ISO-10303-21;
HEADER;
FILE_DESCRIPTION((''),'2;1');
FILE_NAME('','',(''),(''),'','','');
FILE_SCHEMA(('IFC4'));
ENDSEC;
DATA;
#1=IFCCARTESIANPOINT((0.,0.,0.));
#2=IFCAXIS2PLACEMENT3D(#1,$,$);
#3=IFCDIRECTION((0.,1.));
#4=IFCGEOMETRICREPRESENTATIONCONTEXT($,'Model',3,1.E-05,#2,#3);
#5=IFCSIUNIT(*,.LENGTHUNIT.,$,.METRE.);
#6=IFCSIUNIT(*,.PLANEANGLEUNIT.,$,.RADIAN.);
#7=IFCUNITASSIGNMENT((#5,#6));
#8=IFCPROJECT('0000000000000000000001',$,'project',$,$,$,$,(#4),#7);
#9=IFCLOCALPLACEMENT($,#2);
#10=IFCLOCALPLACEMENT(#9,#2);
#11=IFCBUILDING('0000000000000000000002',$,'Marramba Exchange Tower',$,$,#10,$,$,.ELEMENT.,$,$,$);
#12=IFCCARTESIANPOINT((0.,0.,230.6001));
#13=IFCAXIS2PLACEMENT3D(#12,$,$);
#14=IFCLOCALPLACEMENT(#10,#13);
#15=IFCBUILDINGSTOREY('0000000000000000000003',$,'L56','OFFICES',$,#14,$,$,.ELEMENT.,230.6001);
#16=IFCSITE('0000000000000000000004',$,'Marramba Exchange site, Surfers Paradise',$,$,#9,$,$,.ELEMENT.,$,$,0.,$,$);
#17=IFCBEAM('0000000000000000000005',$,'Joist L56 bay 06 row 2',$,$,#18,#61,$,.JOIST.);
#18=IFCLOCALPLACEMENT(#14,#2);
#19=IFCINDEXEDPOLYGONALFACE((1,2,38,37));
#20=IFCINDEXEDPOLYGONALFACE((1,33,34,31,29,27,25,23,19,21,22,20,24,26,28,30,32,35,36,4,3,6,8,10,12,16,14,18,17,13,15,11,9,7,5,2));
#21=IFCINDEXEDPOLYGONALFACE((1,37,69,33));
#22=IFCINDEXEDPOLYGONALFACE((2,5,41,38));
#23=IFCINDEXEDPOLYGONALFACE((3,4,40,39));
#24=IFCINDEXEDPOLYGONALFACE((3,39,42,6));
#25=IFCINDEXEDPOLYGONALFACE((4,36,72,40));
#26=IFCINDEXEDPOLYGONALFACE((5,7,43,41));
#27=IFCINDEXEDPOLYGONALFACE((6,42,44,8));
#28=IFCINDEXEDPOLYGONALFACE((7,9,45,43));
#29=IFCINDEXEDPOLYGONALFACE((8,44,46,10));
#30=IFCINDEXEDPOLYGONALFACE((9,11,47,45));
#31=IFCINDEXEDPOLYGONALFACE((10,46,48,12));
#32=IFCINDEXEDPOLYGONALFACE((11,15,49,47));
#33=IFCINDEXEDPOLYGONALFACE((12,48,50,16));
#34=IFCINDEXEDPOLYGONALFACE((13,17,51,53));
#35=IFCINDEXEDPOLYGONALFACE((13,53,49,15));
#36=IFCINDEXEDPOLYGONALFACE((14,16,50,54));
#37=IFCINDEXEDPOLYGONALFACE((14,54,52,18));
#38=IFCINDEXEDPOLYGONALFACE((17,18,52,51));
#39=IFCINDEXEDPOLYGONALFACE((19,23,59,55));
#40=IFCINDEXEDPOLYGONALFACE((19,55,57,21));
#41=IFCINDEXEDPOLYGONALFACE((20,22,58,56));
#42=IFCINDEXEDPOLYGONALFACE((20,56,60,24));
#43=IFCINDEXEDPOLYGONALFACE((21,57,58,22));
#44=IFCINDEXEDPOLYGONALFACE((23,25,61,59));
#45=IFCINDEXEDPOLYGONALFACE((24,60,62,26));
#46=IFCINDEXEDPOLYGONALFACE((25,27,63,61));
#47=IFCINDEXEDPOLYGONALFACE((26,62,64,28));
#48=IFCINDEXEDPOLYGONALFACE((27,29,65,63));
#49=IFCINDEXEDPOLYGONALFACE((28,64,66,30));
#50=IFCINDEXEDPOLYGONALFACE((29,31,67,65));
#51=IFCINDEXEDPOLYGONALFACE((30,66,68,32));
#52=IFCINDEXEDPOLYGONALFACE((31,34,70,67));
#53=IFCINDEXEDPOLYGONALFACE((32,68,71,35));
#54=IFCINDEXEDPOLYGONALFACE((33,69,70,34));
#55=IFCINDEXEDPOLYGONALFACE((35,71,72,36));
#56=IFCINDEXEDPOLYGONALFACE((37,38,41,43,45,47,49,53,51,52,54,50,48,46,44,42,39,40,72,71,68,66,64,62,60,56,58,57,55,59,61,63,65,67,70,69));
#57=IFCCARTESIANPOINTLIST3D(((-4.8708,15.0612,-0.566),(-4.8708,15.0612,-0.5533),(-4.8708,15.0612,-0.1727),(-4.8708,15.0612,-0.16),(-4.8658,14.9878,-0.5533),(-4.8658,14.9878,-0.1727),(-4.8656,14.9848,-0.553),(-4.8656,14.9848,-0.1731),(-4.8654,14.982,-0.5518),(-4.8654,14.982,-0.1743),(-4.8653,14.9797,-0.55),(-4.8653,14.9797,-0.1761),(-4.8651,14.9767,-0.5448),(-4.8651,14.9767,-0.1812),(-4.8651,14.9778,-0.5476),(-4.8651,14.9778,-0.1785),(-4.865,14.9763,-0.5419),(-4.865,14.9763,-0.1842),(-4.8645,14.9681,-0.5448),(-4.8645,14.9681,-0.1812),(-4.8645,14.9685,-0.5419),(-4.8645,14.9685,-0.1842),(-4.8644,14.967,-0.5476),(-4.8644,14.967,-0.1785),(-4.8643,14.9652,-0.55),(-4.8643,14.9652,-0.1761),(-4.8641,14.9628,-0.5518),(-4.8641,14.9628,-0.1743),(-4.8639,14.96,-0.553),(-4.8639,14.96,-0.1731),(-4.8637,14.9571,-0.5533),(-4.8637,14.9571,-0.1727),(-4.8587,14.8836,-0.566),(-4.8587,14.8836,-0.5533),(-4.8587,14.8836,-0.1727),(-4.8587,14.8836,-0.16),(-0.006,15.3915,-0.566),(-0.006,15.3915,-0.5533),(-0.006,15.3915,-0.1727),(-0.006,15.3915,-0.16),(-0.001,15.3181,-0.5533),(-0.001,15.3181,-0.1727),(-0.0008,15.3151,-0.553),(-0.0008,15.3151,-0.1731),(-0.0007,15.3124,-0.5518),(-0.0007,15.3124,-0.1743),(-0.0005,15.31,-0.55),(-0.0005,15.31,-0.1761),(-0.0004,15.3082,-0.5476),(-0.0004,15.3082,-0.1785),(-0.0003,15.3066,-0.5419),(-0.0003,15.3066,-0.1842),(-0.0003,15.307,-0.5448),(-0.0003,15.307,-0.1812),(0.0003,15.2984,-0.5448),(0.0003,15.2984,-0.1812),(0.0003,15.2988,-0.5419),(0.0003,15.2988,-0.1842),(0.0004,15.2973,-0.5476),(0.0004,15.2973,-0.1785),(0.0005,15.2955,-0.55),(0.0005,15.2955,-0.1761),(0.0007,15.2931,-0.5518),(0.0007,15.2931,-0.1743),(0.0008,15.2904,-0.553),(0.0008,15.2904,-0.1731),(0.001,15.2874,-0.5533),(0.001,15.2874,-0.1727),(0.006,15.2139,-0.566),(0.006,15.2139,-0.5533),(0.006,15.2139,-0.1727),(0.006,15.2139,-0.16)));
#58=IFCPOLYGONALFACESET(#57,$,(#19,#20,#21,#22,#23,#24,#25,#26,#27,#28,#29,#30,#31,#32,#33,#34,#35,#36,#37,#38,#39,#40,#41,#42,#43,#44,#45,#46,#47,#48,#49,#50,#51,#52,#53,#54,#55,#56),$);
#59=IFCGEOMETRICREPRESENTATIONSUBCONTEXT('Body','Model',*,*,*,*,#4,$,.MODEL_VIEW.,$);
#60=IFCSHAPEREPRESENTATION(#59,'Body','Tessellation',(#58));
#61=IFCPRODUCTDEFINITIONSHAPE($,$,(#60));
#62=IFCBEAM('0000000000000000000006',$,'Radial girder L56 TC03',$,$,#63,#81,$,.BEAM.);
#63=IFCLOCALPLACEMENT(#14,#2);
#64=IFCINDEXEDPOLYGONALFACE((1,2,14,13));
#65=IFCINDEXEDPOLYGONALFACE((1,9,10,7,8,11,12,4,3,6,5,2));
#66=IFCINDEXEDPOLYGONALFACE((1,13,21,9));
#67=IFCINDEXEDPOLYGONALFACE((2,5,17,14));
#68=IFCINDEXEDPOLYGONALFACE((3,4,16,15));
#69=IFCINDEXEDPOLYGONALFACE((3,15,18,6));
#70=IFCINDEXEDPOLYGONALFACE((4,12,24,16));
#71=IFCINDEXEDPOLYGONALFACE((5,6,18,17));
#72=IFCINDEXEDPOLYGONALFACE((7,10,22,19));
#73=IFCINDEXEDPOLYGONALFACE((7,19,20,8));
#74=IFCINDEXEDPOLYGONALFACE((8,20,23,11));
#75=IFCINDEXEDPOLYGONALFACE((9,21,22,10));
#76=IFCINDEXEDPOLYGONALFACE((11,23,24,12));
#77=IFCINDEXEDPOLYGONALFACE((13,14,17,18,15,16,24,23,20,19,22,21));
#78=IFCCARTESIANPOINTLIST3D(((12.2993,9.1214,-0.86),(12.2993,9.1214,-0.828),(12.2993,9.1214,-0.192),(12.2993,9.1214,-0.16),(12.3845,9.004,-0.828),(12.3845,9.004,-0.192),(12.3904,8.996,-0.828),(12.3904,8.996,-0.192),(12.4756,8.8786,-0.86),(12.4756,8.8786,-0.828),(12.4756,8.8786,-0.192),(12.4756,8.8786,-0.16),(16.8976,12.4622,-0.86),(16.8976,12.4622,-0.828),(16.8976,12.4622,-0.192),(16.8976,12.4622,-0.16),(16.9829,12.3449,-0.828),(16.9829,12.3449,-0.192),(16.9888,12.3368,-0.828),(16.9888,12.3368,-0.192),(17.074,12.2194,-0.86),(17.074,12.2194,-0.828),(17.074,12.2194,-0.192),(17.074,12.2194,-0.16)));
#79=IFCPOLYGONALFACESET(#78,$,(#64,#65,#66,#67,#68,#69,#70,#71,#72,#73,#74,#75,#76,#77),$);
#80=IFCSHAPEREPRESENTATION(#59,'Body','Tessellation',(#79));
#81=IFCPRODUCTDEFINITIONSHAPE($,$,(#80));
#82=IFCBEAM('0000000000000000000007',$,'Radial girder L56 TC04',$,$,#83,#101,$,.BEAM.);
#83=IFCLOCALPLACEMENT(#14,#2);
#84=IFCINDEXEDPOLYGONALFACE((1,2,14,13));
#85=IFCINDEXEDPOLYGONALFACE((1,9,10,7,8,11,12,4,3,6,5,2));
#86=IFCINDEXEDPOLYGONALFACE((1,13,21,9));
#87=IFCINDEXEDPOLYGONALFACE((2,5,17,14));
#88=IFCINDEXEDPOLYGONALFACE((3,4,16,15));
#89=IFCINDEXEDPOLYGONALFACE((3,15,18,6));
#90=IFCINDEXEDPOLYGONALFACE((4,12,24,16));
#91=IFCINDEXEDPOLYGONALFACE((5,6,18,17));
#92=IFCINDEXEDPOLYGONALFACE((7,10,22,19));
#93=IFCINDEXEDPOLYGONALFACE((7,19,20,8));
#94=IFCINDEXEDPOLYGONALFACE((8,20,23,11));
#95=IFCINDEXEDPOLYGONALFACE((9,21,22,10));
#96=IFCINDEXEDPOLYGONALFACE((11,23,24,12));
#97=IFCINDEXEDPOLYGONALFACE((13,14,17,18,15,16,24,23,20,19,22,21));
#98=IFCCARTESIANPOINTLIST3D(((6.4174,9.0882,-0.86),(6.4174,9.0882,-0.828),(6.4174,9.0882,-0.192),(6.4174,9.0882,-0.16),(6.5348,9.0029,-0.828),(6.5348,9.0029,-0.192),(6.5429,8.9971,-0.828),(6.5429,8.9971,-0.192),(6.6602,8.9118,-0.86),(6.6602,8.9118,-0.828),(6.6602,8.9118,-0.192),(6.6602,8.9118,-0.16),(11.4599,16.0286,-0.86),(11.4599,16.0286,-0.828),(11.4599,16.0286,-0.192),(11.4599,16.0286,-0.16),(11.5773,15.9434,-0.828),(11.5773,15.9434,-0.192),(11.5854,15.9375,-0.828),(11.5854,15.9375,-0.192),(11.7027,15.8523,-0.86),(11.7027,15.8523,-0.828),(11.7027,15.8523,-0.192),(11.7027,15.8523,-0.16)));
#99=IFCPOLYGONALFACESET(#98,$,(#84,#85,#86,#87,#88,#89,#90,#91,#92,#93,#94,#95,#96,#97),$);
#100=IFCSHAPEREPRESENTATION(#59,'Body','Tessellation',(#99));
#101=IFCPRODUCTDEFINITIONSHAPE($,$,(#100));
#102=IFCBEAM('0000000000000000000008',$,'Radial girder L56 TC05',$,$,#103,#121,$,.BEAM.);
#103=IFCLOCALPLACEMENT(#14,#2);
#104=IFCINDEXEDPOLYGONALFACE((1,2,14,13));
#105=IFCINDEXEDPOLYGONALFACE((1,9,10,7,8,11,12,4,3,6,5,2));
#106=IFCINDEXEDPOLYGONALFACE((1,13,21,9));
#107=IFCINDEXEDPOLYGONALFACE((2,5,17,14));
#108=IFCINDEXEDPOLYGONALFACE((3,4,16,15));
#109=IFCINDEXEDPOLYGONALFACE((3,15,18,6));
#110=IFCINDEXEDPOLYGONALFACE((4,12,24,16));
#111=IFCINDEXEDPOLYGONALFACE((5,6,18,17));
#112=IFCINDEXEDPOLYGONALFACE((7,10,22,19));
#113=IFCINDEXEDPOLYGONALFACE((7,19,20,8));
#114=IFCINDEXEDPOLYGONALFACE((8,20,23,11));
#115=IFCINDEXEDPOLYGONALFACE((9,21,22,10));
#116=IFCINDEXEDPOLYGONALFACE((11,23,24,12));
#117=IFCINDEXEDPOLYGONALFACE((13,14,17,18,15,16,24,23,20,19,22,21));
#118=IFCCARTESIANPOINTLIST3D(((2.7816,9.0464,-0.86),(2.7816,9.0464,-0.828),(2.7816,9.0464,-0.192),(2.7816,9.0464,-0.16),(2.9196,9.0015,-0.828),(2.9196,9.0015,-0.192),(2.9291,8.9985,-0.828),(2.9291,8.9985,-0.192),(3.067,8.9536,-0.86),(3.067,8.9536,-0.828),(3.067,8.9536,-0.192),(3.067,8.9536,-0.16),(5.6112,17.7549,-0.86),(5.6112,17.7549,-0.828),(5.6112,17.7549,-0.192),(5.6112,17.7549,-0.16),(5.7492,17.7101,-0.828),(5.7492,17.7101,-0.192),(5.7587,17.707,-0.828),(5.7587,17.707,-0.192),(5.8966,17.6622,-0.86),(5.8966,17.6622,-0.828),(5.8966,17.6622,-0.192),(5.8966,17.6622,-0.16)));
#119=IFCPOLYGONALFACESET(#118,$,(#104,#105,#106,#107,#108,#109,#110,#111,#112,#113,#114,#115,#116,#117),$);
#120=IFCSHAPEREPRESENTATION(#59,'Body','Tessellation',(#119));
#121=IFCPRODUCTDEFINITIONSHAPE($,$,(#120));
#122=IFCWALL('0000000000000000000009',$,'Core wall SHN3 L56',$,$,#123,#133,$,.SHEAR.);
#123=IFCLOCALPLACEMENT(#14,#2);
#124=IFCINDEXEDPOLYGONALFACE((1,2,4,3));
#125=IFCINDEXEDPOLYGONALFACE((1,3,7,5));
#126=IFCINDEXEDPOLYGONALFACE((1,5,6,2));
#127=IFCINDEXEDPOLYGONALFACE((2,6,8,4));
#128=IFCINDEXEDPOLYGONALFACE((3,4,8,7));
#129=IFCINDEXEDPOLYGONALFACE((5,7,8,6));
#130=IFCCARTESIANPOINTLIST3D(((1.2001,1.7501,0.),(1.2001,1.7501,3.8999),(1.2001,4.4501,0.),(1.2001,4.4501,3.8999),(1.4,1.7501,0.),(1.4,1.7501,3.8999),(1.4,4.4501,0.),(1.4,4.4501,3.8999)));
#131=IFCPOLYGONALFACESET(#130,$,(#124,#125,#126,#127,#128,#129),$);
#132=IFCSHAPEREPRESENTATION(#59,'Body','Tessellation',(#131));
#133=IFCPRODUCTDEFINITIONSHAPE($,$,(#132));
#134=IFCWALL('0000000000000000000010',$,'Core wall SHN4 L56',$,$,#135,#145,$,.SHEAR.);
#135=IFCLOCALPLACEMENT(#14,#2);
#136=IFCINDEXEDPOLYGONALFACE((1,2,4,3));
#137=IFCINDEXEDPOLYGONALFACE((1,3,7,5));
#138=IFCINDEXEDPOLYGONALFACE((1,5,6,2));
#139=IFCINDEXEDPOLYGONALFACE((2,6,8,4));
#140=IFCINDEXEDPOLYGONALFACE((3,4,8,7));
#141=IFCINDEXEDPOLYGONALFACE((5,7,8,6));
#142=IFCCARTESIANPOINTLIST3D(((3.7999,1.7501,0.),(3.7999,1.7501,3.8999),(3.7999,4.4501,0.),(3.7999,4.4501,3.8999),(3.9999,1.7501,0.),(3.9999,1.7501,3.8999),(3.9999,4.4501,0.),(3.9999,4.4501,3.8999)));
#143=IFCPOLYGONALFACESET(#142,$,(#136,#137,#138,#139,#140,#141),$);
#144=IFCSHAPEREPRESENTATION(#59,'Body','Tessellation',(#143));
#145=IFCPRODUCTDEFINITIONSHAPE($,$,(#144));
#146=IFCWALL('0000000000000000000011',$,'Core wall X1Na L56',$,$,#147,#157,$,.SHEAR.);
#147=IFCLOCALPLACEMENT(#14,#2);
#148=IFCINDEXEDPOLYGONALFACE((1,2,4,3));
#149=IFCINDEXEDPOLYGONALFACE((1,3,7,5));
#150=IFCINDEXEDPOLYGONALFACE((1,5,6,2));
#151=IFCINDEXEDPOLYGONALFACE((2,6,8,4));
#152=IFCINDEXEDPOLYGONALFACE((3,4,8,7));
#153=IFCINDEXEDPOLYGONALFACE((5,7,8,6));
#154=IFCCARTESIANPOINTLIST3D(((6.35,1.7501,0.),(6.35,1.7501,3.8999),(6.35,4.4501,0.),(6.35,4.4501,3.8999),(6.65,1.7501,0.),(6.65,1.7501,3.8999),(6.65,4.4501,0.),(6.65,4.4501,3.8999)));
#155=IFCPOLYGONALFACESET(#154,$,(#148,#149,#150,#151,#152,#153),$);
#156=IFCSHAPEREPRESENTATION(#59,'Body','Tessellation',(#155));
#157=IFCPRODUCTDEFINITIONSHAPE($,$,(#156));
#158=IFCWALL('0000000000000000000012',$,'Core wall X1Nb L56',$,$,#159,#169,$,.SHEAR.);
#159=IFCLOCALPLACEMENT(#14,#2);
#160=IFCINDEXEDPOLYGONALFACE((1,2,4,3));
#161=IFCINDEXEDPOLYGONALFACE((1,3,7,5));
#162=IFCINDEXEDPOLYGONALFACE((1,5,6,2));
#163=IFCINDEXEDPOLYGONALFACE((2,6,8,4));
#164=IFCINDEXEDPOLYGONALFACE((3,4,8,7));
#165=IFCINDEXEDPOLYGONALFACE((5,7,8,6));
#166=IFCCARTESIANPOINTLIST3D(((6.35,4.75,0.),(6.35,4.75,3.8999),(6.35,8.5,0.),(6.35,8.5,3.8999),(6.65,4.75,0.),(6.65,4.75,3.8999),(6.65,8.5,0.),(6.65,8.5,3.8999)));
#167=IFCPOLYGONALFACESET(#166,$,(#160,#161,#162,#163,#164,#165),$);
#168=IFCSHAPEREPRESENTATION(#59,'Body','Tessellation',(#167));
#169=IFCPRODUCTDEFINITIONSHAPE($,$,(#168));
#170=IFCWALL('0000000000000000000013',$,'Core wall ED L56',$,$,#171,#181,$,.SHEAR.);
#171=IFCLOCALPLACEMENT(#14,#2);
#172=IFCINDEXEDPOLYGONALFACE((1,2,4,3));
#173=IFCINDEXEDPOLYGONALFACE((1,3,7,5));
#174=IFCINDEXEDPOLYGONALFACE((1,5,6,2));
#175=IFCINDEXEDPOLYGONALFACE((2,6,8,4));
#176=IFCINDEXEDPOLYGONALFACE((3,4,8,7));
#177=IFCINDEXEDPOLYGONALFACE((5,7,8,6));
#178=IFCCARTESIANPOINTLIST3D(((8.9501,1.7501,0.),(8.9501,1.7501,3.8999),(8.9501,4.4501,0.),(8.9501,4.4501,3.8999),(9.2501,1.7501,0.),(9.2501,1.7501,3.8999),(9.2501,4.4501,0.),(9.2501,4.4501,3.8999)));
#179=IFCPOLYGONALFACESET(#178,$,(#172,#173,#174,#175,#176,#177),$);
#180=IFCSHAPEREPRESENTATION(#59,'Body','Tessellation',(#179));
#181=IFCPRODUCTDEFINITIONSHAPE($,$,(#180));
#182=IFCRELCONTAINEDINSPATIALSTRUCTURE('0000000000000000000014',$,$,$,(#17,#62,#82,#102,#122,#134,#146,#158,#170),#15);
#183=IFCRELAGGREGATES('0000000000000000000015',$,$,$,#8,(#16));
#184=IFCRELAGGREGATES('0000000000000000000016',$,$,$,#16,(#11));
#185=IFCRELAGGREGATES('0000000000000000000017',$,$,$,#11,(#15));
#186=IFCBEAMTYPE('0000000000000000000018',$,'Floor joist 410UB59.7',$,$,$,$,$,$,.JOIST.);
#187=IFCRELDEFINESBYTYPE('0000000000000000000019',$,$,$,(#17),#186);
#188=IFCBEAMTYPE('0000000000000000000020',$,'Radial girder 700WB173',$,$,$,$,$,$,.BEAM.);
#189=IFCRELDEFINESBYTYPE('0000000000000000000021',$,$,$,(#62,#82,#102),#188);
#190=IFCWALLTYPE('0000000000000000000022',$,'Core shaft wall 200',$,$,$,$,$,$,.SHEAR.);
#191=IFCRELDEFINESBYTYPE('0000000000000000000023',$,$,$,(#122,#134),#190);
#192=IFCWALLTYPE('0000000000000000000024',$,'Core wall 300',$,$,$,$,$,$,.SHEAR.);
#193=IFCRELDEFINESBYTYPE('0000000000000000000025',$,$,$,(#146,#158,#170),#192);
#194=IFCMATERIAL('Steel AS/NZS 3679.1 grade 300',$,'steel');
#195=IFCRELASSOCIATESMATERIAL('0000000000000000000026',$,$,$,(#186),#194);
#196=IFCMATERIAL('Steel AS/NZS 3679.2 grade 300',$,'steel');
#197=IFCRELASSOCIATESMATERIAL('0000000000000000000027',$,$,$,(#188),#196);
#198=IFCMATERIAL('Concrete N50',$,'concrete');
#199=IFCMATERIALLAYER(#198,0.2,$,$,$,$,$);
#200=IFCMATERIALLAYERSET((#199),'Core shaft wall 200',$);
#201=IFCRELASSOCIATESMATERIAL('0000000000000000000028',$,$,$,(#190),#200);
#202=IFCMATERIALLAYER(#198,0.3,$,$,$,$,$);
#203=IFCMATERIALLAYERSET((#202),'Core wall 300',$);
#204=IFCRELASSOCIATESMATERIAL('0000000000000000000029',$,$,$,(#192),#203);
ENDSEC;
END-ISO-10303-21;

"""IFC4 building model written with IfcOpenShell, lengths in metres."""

from ifc_helpers import new_model, si_unit, direction, frame, frame_2d, origin, origin_2d, place, context, subcontext, project, spatial, rectangle, i_section, extrude, material, layer, layer_set, material_profile, profile_set, type_object, element, save


model = new_model("IFC4")

# Units and contexts
model_context = context("Model", 3, precision=1e-05, world=origin(), true_north=direction((0.0, 1.0)))
body_context = subcontext(model_context, "Body", "Model", "MODEL_VIEW")
ifc_project = project(units=[si_unit("LENGTHUNIT", "METRE"), si_unit("PLANEANGLEUNIT", "RADIAN")], contexts=[model_context])

# Site, building, storey
site_placement = place(None, origin())
site = spatial("IfcSite", under=ifc_project, at=site_placement, Name="Marramba Exchange site, Surfers Paradise", CompositionType="ELEMENT", RefElevation=0.0)
building_placement = place(site_placement, origin())
building = spatial("IfcBuilding", under=site, at=building_placement, Name="Marramba Exchange Tower", CompositionType="ELEMENT")
storey_placement = place(building_placement, frame((0.0, 0.0, 230.6001)))
storey = spatial("IfcBuildingStorey", under=building, at=storey_placement, Name="L56", Description="OFFICES", CompositionType="ELEMENT", Elevation=230.6001)

# Beams
ifc_material_1 = material(Name="Steel AS/NZS 3679.1 grade 300", Category="steel")
ifc_material_profile_1 = material_profile(ifc_material_1, i_section(OverallWidth=0.178, OverallDepth=0.406, WebThickness=0.0078, FlangeThickness=0.0127, FilletRadius=0.0115, at=origin_2d()), Name="410UB59.7")
ifc_profile_set_1 = profile_set([ifc_material_profile_1], Name="Steel AS/NZS 3679.1 grade 300")
beam_type_1 = type_object("IfcBeamType", Name="Floor joist 410UB59.7", PredefinedType="JOIST", material=ifc_profile_set_1)
for number, where, z_axis, x_axis, name in (
    (1, (0.0, 15.3027, -0.363), (-0.997703, -0.067745, 0.0), (0.067745, -0.997703, 0.0), "Joist L56 bay 06 row 2"),
):
    element("IfcBeam", number, at=place(storey_placement, frame(where, z_axis=z_axis, x_axis=x_axis)), inside=storey, type_object=beam_type_1, Name=name, PredefinedType="JOIST", context=body_context, shape_type="SweptSolid", body=[
        extrude(i_section(OverallWidth=0.178, OverallDepth=0.406, WebThickness=0.0078, FlangeThickness=0.0127, FilletRadius=0.0115, at=origin_2d()), origin(), (0.0, 0.0, 1.0), 4.876),
    ])
ifc_material_2 = material(Name="Steel AS/NZS 3679.2 grade 300", Category="steel")
ifc_material_profile_2 = material_profile(ifc_material_2, i_section(OverallWidth=0.3, OverallDepth=0.7, WebThickness=0.01, FlangeThickness=0.032, at=origin_2d()), Name="700WB173")
ifc_profile_set_2 = profile_set([ifc_material_profile_2], Name="Steel AS/NZS 3679.2 grade 300")
beam_type_2 = type_object("IfcBeamType", Name="Radial girder 700WB173", PredefinedType="BEAM", material=ifc_profile_set_2)
beam_1_placement = place(storey_placement, frame((12.3875, 9.0, -0.51), z_axis=(0.809026, 0.587773, 0.0), x_axis=(-0.587773, 0.809026, 0.0)))
element("IfcBeam", 2, at=beam_1_placement, inside=storey, type_object=beam_type_2, Name="Radial girder L56 TC03", PredefinedType="BEAM", context=body_context, shape_type="SweptSolid", body=[
    extrude(i_section(OverallWidth=0.3, OverallDepth=0.7, WebThickness=0.01, FlangeThickness=0.032, at=origin_2d()), origin(), (0.0, 0.0, 1.0), 5.6838),
])
beam_2_placement = place(storey_placement, frame((6.5388, 9.0, -0.51), z_axis=(0.587782, 0.809019, 0.0), x_axis=(-0.809019, 0.587782, 0.0)))
element("IfcBeam", 3, at=beam_2_placement, inside=storey, type_object=beam_type_2, Name="Radial girder L56 TC04", PredefinedType="BEAM", context=body_context, shape_type="SweptSolid", body=[
    extrude(i_section(OverallWidth=0.3, OverallDepth=0.7, WebThickness=0.01, FlangeThickness=0.032, at=origin_2d()), origin(), (0.0, 0.0, 1.0), 8.5789),
])
beam_3_placement = place(storey_placement, frame((2.9243, 9.0, -0.51), z_axis=(0.30902, 0.951056, 0.0), x_axis=(-0.951056, 0.30902, 0.0)))
element("IfcBeam", 4, at=beam_3_placement, inside=storey, type_object=beam_type_2, Name="Radial girder L56 TC05", PredefinedType="BEAM", context=body_context, shape_type="SweptSolid", body=[
    extrude(i_section(OverallWidth=0.3, OverallDepth=0.7, WebThickness=0.01, FlangeThickness=0.032, at=origin_2d()), origin(), (0.0, 0.0, 1.0), 9.1567),
])

# Walls
ifc_material_3 = material(Name="Concrete N50", Category="concrete")
ifc_layer_1 = layer(ifc_material_3, 0.2)
ifc_layer_set_1 = layer_set([ifc_layer_1], Name="Core shaft wall 200")
wall_type_1 = type_object("IfcWallType", Name="Core shaft wall 200", PredefinedType="SHEAR", material=ifc_layer_set_1)
for number, where, z_axis, x_axis, name in (
    (5, (1.3, 1.75, 0.0), (0.0, 0.0, 1.0), (0.0, 1.0, 0.0), "Core wall SHN3 L56"),
    (6, (3.8999, 1.75, 0.0), (0.0, 0.0, 1.0), (0.0, 1.0, 0.0), "Core wall SHN4 L56"),
):
    element("IfcWall", number, at=place(storey_placement, frame(where, z_axis=z_axis, x_axis=x_axis)), inside=storey, type_object=wall_type_1, Name=name, PredefinedType="SHEAR", context=body_context, shape_type="SweptSolid", body=[
        extrude(rectangle(XDim=2.7, YDim=0.2, at=frame_2d((1.3501, 0.0))), origin(), (0.0, 0.0, 1.0), 3.8999),
    ])
ifc_layer_2 = layer(ifc_material_3, 0.3)
ifc_layer_set_2 = layer_set([ifc_layer_2], Name="Core wall 300")
wall_type_2 = type_object("IfcWallType", Name="Core wall 300", PredefinedType="SHEAR", material=ifc_layer_set_2)
wall_1_placement = place(storey_placement, frame((6.5, 1.75, 0.0), z_axis=(0.0, 0.0, 1.0), x_axis=(0.0, 1.0, 0.0)))
element("IfcWall", 7, at=wall_1_placement, inside=storey, type_object=wall_type_2, Name="Core wall X1Na L56", PredefinedType="SHEAR", context=body_context, shape_type="SweptSolid", body=[
    extrude(rectangle(XDim=2.7, YDim=0.3, at=frame_2d((1.3501, 0.0))), origin(), (0.0, 0.0, 1.0), 3.8999),
])
wall_2_placement = place(storey_placement, frame((6.5, 4.75, 0.0), z_axis=(0.0, 0.0, 1.0), x_axis=(0.0, 1.0, 0.0)))
element("IfcWall", 8, at=wall_2_placement, inside=storey, type_object=wall_type_2, Name="Core wall X1Nb L56", PredefinedType="SHEAR", context=body_context, shape_type="SweptSolid", body=[
    extrude(rectangle(XDim=3.75, YDim=0.3, at=frame_2d((1.875, 0.0))), origin(), (0.0, 0.0, 1.0), 3.8999),
])
wall_3_placement = place(storey_placement, frame((9.1001, 1.75, 0.0), z_axis=(0.0, 0.0, 1.0), x_axis=(0.0, 1.0, 0.0)))
element("IfcWall", 9, at=wall_3_placement, inside=storey, type_object=wall_type_2, Name="Core wall ED L56", PredefinedType="SHEAR", context=body_context, shape_type="SweptSolid", body=[
    extrude(rectangle(XDim=2.7, YDim=0.3, at=frame_2d((1.3501, 0.0))), origin(), (0.0, 0.0, 1.0), 3.8999),
])

save(model, "model.ifc")
